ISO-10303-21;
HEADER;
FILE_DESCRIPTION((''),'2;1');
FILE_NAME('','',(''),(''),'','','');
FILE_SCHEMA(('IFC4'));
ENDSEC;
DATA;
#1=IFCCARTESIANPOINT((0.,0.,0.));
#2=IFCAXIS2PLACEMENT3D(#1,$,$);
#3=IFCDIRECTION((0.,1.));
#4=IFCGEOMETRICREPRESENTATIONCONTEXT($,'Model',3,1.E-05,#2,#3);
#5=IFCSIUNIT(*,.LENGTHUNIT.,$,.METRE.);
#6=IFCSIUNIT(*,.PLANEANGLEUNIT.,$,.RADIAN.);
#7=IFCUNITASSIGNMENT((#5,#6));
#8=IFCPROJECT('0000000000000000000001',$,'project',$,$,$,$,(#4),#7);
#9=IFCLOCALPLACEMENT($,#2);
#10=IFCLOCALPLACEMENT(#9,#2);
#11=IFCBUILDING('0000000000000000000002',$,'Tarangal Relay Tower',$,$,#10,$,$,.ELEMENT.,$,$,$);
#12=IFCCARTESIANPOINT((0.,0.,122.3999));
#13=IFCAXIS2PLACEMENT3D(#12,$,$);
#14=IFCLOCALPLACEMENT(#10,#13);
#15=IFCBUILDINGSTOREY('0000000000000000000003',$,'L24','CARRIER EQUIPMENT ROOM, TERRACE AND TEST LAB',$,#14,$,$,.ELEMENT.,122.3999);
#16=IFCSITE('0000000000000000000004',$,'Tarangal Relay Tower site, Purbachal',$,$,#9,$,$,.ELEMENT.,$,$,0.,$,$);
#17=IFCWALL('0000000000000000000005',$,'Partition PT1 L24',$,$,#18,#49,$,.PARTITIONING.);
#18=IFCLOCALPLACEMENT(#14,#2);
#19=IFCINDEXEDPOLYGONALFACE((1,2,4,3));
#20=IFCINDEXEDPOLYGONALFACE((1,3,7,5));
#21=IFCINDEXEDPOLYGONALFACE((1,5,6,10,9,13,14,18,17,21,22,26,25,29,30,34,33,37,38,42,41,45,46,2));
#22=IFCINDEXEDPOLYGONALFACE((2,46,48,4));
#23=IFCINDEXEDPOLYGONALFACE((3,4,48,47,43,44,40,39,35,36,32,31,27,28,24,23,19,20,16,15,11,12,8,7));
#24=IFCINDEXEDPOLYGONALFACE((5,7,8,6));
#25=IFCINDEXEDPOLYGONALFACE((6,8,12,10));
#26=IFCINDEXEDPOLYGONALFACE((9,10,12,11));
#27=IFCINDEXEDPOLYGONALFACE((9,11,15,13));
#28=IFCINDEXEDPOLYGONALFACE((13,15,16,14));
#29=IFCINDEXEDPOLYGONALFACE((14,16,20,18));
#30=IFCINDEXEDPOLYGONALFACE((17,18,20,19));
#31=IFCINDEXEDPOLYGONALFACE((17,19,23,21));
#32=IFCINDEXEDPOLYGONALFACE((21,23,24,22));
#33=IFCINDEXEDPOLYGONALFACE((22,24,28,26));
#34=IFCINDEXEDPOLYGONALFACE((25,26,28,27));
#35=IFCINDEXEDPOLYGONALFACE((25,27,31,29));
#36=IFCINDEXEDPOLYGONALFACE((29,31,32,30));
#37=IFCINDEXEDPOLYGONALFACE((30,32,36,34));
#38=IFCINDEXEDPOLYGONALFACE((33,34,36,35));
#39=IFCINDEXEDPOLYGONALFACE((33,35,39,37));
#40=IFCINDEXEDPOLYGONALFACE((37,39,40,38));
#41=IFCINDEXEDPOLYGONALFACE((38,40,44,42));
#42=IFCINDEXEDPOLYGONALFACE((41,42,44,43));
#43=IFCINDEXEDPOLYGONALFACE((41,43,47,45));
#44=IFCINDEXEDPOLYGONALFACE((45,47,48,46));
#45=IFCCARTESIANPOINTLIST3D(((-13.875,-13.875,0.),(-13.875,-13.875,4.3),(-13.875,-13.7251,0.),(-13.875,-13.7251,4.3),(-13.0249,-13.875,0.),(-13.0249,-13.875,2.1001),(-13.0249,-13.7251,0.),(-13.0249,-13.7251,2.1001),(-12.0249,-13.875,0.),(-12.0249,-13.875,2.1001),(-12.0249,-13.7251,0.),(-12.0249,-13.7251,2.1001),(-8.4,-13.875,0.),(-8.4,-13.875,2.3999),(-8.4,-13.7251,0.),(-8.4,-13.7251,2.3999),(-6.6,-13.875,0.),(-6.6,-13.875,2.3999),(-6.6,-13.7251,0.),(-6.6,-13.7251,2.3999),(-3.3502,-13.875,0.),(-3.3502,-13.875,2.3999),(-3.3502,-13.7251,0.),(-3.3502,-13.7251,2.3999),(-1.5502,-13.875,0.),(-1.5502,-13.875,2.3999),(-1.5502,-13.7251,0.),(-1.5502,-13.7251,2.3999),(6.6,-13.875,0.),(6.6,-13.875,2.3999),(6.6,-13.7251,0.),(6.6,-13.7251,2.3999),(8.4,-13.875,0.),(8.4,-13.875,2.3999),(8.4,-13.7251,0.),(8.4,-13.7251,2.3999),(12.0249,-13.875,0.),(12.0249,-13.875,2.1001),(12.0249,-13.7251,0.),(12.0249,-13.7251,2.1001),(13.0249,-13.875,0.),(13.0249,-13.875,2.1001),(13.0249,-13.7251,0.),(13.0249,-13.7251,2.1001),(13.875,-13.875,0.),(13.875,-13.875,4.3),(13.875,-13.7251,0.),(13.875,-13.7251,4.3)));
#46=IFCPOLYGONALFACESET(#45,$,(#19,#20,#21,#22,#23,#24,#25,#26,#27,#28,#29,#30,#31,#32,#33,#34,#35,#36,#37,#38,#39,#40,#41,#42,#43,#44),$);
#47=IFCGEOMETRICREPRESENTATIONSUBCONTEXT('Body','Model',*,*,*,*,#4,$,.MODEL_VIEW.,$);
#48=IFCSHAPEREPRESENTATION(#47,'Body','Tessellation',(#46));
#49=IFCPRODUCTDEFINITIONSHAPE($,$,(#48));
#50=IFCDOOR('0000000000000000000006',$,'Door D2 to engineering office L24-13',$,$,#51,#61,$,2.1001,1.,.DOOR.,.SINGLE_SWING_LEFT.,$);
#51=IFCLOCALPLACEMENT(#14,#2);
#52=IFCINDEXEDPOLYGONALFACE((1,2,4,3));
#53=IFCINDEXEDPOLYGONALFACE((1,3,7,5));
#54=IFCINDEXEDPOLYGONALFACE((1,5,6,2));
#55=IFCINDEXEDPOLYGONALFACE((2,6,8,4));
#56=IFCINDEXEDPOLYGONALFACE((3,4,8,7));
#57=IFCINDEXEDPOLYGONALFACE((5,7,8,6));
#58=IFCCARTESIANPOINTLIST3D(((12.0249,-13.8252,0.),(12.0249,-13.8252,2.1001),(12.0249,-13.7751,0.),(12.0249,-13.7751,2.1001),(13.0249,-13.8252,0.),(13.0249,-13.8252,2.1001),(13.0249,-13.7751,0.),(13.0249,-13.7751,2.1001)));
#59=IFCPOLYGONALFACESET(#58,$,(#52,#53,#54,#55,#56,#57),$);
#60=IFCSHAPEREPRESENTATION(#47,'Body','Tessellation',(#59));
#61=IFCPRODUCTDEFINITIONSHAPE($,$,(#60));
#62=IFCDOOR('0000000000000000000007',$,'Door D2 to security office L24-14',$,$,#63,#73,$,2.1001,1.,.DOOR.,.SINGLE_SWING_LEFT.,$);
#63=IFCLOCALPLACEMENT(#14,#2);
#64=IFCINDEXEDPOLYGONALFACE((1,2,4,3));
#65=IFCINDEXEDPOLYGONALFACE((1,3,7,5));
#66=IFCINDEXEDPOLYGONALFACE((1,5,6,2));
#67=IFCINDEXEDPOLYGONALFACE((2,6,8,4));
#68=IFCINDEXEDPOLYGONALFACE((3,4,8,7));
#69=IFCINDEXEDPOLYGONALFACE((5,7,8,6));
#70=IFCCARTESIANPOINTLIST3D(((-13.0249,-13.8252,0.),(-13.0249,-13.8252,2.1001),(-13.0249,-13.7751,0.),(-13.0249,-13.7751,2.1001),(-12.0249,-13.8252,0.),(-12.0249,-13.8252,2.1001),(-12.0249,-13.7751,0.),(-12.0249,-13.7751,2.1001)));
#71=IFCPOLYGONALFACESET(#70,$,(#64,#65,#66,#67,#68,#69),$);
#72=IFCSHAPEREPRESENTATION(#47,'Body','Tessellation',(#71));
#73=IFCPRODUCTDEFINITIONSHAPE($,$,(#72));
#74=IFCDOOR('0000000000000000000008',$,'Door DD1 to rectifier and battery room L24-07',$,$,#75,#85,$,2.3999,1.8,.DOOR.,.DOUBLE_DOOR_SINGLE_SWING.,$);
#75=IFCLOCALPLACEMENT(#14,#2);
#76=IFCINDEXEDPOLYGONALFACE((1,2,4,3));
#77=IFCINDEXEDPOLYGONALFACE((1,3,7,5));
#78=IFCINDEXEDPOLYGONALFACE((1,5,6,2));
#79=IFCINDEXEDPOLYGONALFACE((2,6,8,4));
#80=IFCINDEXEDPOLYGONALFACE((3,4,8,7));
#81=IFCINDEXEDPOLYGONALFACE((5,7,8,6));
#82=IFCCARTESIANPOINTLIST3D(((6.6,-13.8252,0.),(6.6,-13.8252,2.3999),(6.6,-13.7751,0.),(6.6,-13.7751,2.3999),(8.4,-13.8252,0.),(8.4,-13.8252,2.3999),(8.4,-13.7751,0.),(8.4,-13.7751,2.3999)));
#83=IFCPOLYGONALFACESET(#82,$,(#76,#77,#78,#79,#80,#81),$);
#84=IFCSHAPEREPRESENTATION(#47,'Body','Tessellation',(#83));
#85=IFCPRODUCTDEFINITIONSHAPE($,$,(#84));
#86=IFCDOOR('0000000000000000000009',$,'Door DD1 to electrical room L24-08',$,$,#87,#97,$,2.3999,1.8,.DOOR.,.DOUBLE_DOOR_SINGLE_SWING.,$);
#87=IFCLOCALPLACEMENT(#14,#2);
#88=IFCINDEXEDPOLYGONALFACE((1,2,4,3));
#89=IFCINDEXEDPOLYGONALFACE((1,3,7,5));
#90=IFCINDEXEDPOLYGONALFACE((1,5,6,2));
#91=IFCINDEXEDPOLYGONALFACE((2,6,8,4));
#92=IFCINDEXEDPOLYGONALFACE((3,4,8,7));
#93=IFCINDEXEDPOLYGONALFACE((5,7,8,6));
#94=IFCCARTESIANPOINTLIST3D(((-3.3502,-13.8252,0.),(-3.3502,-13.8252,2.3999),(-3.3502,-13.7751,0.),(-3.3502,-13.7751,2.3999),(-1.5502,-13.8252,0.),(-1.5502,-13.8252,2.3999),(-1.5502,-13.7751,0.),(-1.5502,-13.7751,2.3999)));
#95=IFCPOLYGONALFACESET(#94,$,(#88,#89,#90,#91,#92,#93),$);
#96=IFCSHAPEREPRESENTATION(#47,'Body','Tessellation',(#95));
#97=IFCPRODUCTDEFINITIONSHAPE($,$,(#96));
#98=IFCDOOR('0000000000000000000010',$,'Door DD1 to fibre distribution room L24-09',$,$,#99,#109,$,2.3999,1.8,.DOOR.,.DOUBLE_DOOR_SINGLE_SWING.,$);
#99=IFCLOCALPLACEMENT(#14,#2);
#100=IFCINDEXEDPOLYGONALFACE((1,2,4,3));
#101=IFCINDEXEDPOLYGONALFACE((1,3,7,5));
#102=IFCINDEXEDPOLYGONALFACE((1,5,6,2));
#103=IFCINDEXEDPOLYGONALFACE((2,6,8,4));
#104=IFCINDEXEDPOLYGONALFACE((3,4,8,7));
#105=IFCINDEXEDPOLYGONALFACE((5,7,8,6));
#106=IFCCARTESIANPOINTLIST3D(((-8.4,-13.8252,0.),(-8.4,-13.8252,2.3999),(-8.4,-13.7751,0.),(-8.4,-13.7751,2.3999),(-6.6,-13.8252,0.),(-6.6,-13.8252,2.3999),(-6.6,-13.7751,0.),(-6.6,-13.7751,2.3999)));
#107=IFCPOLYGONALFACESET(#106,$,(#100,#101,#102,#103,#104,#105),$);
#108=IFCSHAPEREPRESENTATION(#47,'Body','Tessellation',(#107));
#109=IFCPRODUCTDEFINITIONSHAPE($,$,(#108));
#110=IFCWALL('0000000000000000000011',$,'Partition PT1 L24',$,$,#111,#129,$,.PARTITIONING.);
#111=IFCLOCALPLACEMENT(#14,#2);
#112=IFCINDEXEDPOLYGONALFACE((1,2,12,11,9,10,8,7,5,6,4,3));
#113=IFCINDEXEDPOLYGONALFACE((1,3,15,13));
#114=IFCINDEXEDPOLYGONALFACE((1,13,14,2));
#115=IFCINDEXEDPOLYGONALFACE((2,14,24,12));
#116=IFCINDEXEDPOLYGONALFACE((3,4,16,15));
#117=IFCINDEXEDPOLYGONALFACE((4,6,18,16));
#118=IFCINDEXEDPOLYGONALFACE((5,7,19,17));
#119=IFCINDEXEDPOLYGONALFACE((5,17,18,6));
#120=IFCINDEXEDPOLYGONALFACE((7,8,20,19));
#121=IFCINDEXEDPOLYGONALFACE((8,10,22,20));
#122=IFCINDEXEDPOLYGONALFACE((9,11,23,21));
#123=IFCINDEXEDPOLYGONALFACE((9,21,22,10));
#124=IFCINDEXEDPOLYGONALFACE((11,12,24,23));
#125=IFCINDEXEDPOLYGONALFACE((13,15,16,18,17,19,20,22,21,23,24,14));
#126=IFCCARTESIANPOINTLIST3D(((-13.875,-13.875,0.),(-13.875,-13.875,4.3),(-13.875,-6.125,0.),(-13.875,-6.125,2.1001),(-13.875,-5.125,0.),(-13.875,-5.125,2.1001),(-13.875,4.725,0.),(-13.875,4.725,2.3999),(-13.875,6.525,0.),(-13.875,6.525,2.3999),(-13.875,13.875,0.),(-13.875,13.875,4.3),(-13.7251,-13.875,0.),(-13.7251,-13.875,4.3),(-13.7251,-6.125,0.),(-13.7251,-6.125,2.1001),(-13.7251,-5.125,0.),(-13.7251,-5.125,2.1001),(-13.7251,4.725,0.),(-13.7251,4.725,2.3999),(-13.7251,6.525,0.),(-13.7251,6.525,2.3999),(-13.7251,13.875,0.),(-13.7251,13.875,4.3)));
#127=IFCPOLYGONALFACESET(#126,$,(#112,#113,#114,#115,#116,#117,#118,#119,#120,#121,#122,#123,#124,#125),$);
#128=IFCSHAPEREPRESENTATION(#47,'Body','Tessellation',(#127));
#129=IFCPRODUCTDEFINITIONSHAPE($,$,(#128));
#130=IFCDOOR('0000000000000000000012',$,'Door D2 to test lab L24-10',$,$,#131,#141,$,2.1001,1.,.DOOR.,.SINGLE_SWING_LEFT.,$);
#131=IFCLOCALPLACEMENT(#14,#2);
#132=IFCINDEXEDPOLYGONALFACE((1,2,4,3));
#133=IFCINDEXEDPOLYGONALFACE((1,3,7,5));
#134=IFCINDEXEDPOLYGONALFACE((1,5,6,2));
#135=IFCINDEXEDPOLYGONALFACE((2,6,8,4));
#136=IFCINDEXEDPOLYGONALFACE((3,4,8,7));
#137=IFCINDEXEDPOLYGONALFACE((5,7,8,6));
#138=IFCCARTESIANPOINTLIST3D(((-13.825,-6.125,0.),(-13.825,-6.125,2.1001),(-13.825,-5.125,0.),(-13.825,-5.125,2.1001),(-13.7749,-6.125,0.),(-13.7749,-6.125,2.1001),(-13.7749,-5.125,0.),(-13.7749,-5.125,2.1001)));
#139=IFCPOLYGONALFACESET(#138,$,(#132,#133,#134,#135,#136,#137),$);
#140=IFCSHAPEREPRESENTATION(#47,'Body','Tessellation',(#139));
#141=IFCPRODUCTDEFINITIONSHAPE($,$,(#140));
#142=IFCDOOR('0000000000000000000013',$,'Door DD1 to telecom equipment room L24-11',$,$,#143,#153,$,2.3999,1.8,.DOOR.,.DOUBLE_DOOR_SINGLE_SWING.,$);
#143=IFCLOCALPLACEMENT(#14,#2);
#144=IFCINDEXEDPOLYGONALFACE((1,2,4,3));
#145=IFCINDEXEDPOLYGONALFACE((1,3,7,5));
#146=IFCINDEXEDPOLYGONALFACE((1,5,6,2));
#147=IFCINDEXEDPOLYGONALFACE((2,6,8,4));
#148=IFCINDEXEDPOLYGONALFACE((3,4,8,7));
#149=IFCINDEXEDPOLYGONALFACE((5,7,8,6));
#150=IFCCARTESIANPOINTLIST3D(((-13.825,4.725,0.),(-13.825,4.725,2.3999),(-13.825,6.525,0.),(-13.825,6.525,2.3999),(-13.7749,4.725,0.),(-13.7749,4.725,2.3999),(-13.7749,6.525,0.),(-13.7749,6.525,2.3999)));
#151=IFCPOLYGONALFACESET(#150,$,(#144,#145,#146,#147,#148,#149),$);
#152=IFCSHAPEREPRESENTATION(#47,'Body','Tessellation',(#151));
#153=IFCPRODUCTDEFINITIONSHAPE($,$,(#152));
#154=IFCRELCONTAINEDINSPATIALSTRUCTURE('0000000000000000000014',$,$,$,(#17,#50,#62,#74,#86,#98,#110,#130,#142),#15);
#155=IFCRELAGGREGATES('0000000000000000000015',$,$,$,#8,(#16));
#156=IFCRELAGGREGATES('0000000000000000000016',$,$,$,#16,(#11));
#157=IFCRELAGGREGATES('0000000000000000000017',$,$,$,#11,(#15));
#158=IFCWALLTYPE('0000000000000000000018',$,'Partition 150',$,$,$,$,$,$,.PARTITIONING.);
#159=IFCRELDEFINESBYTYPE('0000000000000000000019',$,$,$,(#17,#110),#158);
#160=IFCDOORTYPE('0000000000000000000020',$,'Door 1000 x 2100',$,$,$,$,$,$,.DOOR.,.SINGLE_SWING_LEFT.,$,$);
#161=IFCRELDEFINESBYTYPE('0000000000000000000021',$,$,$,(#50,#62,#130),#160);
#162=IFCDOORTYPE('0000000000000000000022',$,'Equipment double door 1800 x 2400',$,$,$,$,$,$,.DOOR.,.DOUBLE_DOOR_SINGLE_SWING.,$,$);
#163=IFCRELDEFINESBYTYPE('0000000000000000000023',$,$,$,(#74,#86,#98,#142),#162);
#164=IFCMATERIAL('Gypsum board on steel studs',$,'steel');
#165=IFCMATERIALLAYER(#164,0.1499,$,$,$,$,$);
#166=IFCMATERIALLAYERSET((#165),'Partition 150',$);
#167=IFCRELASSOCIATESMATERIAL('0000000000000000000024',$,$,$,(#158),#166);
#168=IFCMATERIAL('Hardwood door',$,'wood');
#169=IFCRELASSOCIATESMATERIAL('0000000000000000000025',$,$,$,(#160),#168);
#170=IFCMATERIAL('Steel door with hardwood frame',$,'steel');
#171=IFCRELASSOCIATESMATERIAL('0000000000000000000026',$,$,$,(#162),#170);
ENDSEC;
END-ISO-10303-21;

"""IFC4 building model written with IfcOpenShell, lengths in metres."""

from ifc_helpers import new_model, si_unit, direction, frame, frame_2d, origin, place, context, subcontext, project, spatial, rectangle, extrude, material, layer, layer_set, type_object, element, fill, save


model = new_model("IFC4")

# Units and contexts
model_context = context("Model", 3, precision=1e-05, world=origin(), true_north=direction((0.0, 1.0)))
body_context = subcontext(model_context, "Body", "Model", "MODEL_VIEW")
ifc_project = project(units=[si_unit("LENGTHUNIT", "METRE"), si_unit("PLANEANGLEUNIT", "RADIAN")], contexts=[model_context])

# Site, building, storey
site_placement = place(None, origin())
site = spatial("IfcSite", under=ifc_project, at=site_placement, Name="Tarangal Relay Tower site, Purbachal", CompositionType="ELEMENT", RefElevation=0.0)
building_placement = place(site_placement, origin())
building = spatial("IfcBuilding", under=site, at=building_placement, Name="Tarangal Relay Tower", CompositionType="ELEMENT")
storey_placement = place(building_placement, frame((0.0, 0.0, 122.3999)))
storey = spatial("IfcBuildingStorey", under=building, at=storey_placement, Name="L24", Description="CARRIER EQUIPMENT ROOM, TERRACE AND TEST LAB", CompositionType="ELEMENT", Elevation=122.3999)

# Walls, openings, doors
ifc_material_1 = material(Name="Gypsum board on steel studs", Category="steel")
ifc_layer_1 = layer(ifc_material_1, 0.1499)
ifc_layer_set_1 = layer_set([ifc_layer_1], Name="Partition 150")
wall_type_1 = type_object("IfcWallType", Name="Partition 150", PredefinedType="PARTITIONING", material=ifc_layer_set_1)
wall_1_placement = place(storey_placement, frame((-13.875, -13.8, 0.0), z_axis=(0.0, 0.0, 1.0), x_axis=(1.0, 0.0, 0.0)))
wall_1 = element("IfcWall", 1, at=wall_1_placement, inside=storey, type_object=wall_type_1, Name="Partition PT1 L24", PredefinedType="PARTITIONING", context=body_context, shape_type="SweptSolid", body=[
    extrude(rectangle(XDim=27.75, YDim=0.1499, at=frame_2d((13.875, 0.0))), origin(), (0.0, 0.0, 1.0), 4.3),
])
opening_1_placement = place(wall_1_placement, frame((20.4751, 0.0, 0.0)))
opening_1 = element("IfcOpeningElement", 2, at=opening_1_placement, cuts=wall_1, PredefinedType="OPENING", context=body_context, shape_type="SweptSolid", body=[
    extrude(rectangle(XDim=1.8, YDim=2.3999, at=frame_2d((0.8999, 1.2))), frame((0.0, 0.085, 0.0), z_axis=(0.0, -1.0, 0.0), x_axis=(1.0, 0.0, 0.0)), (0.0, 0.0, 1.0), 0.1699),
])
opening_2_placement = place(wall_1_placement, frame((10.5249, 0.0, 0.0)))
opening_2 = element("IfcOpeningElement", 3, at=opening_2_placement, cuts=wall_1, PredefinedType="OPENING", context=body_context, shape_type="SweptSolid", body=[
    extrude(rectangle(XDim=1.8, YDim=2.3999, at=frame_2d((0.8999, 1.2))), frame((0.0, 0.085, 0.0), z_axis=(0.0, -1.0, 0.0), x_axis=(1.0, 0.0, 0.0)), (0.0, 0.0, 1.0), 0.1699),
])
opening_3_placement = place(wall_1_placement, frame((5.4751, 0.0, 0.0)))
opening_3 = element("IfcOpeningElement", 4, at=opening_3_placement, cuts=wall_1, PredefinedType="OPENING", context=body_context, shape_type="SweptSolid", body=[
    extrude(rectangle(XDim=1.8, YDim=2.3999, at=frame_2d((0.8999, 1.2))), frame((0.0, 0.085, 0.0), z_axis=(0.0, -1.0, 0.0), x_axis=(1.0, 0.0, 0.0)), (0.0, 0.0, 1.0), 0.1699),
])
opening_4_placement = place(wall_1_placement, frame((25.8999, 0.0, 0.0)))
opening_4 = element("IfcOpeningElement", 5, at=opening_4_placement, cuts=wall_1, PredefinedType="OPENING", context=body_context, shape_type="SweptSolid", body=[
    extrude(rectangle(XDim=1.0, YDim=2.1001, at=frame_2d((0.5, 1.05))), frame((0.0, 0.085, 0.0), z_axis=(0.0, -1.0, 0.0), x_axis=(1.0, 0.0, 0.0)), (0.0, 0.0, 1.0), 0.1699),
])
opening_5_placement = place(wall_1_placement, frame((0.8501, 0.0, 0.0)))
opening_5 = element("IfcOpeningElement", 6, at=opening_5_placement, cuts=wall_1, PredefinedType="OPENING", context=body_context, shape_type="SweptSolid", body=[
    extrude(rectangle(XDim=1.0, YDim=2.1001, at=frame_2d((0.5, 1.05))), frame((0.0, 0.085, 0.0), z_axis=(0.0, -1.0, 0.0), x_axis=(1.0, 0.0, 0.0)), (0.0, 0.0, 1.0), 0.1699),
])
ifc_material_2 = material(Name="Hardwood door", Category="wood")
door_type_1 = type_object("IfcDoorType", Name="Door 1000 x 2100", OperationType="SINGLE_SWING_LEFT", PredefinedType="DOOR", material=ifc_material_2)
door_1_placement = place(opening_4_placement, origin())
door_1 = element("IfcDoor", 7, at=door_1_placement, inside=storey, type_object=door_type_1, Name="Door D2 to engineering office L24-13", OperationType="SINGLE_SWING_LEFT", OverallHeight=2.1001, OverallWidth=1.0, PredefinedType="DOOR", context=body_context, shape_type="SweptSolid", body=[
    extrude(rectangle(XDim=1.0, YDim=2.1001, at=frame_2d((0.5, 1.05))), frame((0.0, 0.0249, 0.0), z_axis=(0.0, -1.0, 0.0), x_axis=(1.0, 0.0, 0.0)), (0.0, 0.0, 1.0), 0.05),
])
fill(opening_4, door_1)
door_2_placement = place(opening_5_placement, origin())
door_2 = element("IfcDoor", 8, at=door_2_placement, inside=storey, type_object=door_type_1, Name="Door D2 to security office L24-14", OperationType="SINGLE_SWING_LEFT", OverallHeight=2.1001, OverallWidth=1.0, PredefinedType="DOOR", context=body_context, shape_type="SweptSolid", body=[
    extrude(rectangle(XDim=1.0, YDim=2.1001, at=frame_2d((0.5, 1.05))), frame((0.0, 0.0249, 0.0), z_axis=(0.0, -1.0, 0.0), x_axis=(1.0, 0.0, 0.0)), (0.0, 0.0, 1.0), 0.05),
])
fill(opening_5, door_2)
ifc_material_3 = material(Name="Steel door with hardwood frame", Category="steel")
door_type_2 = type_object("IfcDoorType", Name="Equipment double door 1800 x 2400", OperationType="DOUBLE_DOOR_SINGLE_SWING", PredefinedType="DOOR", material=ifc_material_3)
door_3_placement = place(opening_1_placement, origin())
door_3 = element("IfcDoor", 9, at=door_3_placement, inside=storey, type_object=door_type_2, Name="Door DD1 to rectifier and battery room L24-07", OperationType="DOUBLE_DOOR_SINGLE_SWING", OverallHeight=2.3999, OverallWidth=1.8, PredefinedType="DOOR", context=body_context, shape_type="SweptSolid", body=[
    extrude(rectangle(XDim=1.8, YDim=2.3999, at=frame_2d((0.8999, 1.2))), frame((0.0, 0.0249, 0.0), z_axis=(0.0, -1.0, 0.0), x_axis=(1.0, 0.0, 0.0)), (0.0, 0.0, 1.0), 0.05),
])
fill(opening_1, door_3)
door_4_placement = place(opening_2_placement, origin())
door_4 = element("IfcDoor", 10, at=door_4_placement, inside=storey, type_object=door_type_2, Name="Door DD1 to electrical room L24-08", OperationType="DOUBLE_DOOR_SINGLE_SWING", OverallHeight=2.3999, OverallWidth=1.8, PredefinedType="DOOR", context=body_context, shape_type="SweptSolid", body=[
    extrude(rectangle(XDim=1.8, YDim=2.3999, at=frame_2d((0.8999, 1.2))), frame((0.0, 0.0249, 0.0), z_axis=(0.0, -1.0, 0.0), x_axis=(1.0, 0.0, 0.0)), (0.0, 0.0, 1.0), 0.05),
])
fill(opening_2, door_4)
door_5_placement = place(opening_3_placement, origin())
door_5 = element("IfcDoor", 11, at=door_5_placement, inside=storey, type_object=door_type_2, Name="Door DD1 to fibre distribution room L24-09", OperationType="DOUBLE_DOOR_SINGLE_SWING", OverallHeight=2.3999, OverallWidth=1.8, PredefinedType="DOOR", context=body_context, shape_type="SweptSolid", body=[
    extrude(rectangle(XDim=1.8, YDim=2.3999, at=frame_2d((0.8999, 1.2))), frame((0.0, 0.0249, 0.0), z_axis=(0.0, -1.0, 0.0), x_axis=(1.0, 0.0, 0.0)), (0.0, 0.0, 1.0), 0.05),
])
fill(opening_3, door_5)
wall_2_placement = place(storey_placement, frame((-13.8, -13.875, 0.0), z_axis=(0.0, 0.0, 1.0), x_axis=(0.0, 1.0, 0.0)))
wall_2 = element("IfcWall", 12, at=wall_2_placement, inside=storey, type_object=wall_type_1, Name="Partition PT1 L24", PredefinedType="PARTITIONING", context=body_context, shape_type="SweptSolid", body=[
    extrude(rectangle(XDim=27.75, YDim=0.1499, at=frame_2d((13.875, 0.0))), origin(), (0.0, 0.0, 1.0), 4.3),
])
opening_6_placement = place(wall_2_placement, frame((7.75, 0.0, 0.0)))
opening_6 = element("IfcOpeningElement", 13, at=opening_6_placement, cuts=wall_2, PredefinedType="OPENING", context=body_context, shape_type="SweptSolid", body=[
    extrude(rectangle(XDim=1.0, YDim=2.1001, at=frame_2d((0.5, 1.05))), frame((0.0, 0.085, 0.0), z_axis=(0.0, -1.0, 0.0), x_axis=(1.0, 0.0, 0.0)), (0.0, 0.0, 1.0), 0.1699),
])
opening_7_placement = place(wall_2_placement, frame((18.6001, 0.0, 0.0)))
opening_7 = element("IfcOpeningElement", 14, at=opening_7_placement, cuts=wall_2, PredefinedType="OPENING", context=body_context, shape_type="SweptSolid", body=[
    extrude(rectangle(XDim=1.8, YDim=2.3999, at=frame_2d((0.8999, 1.2))), frame((0.0, 0.085, 0.0), z_axis=(0.0, -1.0, 0.0), x_axis=(1.0, 0.0, 0.0)), (0.0, 0.0, 1.0), 0.1699),
])
door_6_placement = place(opening_6_placement, origin())
door_6 = element("IfcDoor", 15, at=door_6_placement, inside=storey, type_object=door_type_1, Name="Door D2 to test lab L24-10", OperationType="SINGLE_SWING_LEFT", OverallHeight=2.1001, OverallWidth=1.0, PredefinedType="DOOR", context=body_context, shape_type="SweptSolid", body=[
    extrude(rectangle(XDim=1.0, YDim=2.1001, at=frame_2d((0.5, 1.05))), frame((0.0, 0.0249, 0.0), z_axis=(0.0, -1.0, 0.0), x_axis=(1.0, 0.0, 0.0)), (0.0, 0.0, 1.0), 0.05),
])
fill(opening_6, door_6)
door_7_placement = place(opening_7_placement, origin())
door_7 = element("IfcDoor", 16, at=door_7_placement, inside=storey, type_object=door_type_2, Name="Door DD1 to telecom equipment room L24-11", OperationType="DOUBLE_DOOR_SINGLE_SWING", OverallHeight=2.3999, OverallWidth=1.8, PredefinedType="DOOR", context=body_context, shape_type="SweptSolid", body=[
    extrude(rectangle(XDim=1.8, YDim=2.3999, at=frame_2d((0.8999, 1.2))), frame((0.0, 0.0249, 0.0), z_axis=(0.0, -1.0, 0.0), x_axis=(1.0, 0.0, 0.0)), (0.0, 0.0, 1.0), 0.05),
])
fill(opening_7, door_7)

save(model, "model.ifc")
